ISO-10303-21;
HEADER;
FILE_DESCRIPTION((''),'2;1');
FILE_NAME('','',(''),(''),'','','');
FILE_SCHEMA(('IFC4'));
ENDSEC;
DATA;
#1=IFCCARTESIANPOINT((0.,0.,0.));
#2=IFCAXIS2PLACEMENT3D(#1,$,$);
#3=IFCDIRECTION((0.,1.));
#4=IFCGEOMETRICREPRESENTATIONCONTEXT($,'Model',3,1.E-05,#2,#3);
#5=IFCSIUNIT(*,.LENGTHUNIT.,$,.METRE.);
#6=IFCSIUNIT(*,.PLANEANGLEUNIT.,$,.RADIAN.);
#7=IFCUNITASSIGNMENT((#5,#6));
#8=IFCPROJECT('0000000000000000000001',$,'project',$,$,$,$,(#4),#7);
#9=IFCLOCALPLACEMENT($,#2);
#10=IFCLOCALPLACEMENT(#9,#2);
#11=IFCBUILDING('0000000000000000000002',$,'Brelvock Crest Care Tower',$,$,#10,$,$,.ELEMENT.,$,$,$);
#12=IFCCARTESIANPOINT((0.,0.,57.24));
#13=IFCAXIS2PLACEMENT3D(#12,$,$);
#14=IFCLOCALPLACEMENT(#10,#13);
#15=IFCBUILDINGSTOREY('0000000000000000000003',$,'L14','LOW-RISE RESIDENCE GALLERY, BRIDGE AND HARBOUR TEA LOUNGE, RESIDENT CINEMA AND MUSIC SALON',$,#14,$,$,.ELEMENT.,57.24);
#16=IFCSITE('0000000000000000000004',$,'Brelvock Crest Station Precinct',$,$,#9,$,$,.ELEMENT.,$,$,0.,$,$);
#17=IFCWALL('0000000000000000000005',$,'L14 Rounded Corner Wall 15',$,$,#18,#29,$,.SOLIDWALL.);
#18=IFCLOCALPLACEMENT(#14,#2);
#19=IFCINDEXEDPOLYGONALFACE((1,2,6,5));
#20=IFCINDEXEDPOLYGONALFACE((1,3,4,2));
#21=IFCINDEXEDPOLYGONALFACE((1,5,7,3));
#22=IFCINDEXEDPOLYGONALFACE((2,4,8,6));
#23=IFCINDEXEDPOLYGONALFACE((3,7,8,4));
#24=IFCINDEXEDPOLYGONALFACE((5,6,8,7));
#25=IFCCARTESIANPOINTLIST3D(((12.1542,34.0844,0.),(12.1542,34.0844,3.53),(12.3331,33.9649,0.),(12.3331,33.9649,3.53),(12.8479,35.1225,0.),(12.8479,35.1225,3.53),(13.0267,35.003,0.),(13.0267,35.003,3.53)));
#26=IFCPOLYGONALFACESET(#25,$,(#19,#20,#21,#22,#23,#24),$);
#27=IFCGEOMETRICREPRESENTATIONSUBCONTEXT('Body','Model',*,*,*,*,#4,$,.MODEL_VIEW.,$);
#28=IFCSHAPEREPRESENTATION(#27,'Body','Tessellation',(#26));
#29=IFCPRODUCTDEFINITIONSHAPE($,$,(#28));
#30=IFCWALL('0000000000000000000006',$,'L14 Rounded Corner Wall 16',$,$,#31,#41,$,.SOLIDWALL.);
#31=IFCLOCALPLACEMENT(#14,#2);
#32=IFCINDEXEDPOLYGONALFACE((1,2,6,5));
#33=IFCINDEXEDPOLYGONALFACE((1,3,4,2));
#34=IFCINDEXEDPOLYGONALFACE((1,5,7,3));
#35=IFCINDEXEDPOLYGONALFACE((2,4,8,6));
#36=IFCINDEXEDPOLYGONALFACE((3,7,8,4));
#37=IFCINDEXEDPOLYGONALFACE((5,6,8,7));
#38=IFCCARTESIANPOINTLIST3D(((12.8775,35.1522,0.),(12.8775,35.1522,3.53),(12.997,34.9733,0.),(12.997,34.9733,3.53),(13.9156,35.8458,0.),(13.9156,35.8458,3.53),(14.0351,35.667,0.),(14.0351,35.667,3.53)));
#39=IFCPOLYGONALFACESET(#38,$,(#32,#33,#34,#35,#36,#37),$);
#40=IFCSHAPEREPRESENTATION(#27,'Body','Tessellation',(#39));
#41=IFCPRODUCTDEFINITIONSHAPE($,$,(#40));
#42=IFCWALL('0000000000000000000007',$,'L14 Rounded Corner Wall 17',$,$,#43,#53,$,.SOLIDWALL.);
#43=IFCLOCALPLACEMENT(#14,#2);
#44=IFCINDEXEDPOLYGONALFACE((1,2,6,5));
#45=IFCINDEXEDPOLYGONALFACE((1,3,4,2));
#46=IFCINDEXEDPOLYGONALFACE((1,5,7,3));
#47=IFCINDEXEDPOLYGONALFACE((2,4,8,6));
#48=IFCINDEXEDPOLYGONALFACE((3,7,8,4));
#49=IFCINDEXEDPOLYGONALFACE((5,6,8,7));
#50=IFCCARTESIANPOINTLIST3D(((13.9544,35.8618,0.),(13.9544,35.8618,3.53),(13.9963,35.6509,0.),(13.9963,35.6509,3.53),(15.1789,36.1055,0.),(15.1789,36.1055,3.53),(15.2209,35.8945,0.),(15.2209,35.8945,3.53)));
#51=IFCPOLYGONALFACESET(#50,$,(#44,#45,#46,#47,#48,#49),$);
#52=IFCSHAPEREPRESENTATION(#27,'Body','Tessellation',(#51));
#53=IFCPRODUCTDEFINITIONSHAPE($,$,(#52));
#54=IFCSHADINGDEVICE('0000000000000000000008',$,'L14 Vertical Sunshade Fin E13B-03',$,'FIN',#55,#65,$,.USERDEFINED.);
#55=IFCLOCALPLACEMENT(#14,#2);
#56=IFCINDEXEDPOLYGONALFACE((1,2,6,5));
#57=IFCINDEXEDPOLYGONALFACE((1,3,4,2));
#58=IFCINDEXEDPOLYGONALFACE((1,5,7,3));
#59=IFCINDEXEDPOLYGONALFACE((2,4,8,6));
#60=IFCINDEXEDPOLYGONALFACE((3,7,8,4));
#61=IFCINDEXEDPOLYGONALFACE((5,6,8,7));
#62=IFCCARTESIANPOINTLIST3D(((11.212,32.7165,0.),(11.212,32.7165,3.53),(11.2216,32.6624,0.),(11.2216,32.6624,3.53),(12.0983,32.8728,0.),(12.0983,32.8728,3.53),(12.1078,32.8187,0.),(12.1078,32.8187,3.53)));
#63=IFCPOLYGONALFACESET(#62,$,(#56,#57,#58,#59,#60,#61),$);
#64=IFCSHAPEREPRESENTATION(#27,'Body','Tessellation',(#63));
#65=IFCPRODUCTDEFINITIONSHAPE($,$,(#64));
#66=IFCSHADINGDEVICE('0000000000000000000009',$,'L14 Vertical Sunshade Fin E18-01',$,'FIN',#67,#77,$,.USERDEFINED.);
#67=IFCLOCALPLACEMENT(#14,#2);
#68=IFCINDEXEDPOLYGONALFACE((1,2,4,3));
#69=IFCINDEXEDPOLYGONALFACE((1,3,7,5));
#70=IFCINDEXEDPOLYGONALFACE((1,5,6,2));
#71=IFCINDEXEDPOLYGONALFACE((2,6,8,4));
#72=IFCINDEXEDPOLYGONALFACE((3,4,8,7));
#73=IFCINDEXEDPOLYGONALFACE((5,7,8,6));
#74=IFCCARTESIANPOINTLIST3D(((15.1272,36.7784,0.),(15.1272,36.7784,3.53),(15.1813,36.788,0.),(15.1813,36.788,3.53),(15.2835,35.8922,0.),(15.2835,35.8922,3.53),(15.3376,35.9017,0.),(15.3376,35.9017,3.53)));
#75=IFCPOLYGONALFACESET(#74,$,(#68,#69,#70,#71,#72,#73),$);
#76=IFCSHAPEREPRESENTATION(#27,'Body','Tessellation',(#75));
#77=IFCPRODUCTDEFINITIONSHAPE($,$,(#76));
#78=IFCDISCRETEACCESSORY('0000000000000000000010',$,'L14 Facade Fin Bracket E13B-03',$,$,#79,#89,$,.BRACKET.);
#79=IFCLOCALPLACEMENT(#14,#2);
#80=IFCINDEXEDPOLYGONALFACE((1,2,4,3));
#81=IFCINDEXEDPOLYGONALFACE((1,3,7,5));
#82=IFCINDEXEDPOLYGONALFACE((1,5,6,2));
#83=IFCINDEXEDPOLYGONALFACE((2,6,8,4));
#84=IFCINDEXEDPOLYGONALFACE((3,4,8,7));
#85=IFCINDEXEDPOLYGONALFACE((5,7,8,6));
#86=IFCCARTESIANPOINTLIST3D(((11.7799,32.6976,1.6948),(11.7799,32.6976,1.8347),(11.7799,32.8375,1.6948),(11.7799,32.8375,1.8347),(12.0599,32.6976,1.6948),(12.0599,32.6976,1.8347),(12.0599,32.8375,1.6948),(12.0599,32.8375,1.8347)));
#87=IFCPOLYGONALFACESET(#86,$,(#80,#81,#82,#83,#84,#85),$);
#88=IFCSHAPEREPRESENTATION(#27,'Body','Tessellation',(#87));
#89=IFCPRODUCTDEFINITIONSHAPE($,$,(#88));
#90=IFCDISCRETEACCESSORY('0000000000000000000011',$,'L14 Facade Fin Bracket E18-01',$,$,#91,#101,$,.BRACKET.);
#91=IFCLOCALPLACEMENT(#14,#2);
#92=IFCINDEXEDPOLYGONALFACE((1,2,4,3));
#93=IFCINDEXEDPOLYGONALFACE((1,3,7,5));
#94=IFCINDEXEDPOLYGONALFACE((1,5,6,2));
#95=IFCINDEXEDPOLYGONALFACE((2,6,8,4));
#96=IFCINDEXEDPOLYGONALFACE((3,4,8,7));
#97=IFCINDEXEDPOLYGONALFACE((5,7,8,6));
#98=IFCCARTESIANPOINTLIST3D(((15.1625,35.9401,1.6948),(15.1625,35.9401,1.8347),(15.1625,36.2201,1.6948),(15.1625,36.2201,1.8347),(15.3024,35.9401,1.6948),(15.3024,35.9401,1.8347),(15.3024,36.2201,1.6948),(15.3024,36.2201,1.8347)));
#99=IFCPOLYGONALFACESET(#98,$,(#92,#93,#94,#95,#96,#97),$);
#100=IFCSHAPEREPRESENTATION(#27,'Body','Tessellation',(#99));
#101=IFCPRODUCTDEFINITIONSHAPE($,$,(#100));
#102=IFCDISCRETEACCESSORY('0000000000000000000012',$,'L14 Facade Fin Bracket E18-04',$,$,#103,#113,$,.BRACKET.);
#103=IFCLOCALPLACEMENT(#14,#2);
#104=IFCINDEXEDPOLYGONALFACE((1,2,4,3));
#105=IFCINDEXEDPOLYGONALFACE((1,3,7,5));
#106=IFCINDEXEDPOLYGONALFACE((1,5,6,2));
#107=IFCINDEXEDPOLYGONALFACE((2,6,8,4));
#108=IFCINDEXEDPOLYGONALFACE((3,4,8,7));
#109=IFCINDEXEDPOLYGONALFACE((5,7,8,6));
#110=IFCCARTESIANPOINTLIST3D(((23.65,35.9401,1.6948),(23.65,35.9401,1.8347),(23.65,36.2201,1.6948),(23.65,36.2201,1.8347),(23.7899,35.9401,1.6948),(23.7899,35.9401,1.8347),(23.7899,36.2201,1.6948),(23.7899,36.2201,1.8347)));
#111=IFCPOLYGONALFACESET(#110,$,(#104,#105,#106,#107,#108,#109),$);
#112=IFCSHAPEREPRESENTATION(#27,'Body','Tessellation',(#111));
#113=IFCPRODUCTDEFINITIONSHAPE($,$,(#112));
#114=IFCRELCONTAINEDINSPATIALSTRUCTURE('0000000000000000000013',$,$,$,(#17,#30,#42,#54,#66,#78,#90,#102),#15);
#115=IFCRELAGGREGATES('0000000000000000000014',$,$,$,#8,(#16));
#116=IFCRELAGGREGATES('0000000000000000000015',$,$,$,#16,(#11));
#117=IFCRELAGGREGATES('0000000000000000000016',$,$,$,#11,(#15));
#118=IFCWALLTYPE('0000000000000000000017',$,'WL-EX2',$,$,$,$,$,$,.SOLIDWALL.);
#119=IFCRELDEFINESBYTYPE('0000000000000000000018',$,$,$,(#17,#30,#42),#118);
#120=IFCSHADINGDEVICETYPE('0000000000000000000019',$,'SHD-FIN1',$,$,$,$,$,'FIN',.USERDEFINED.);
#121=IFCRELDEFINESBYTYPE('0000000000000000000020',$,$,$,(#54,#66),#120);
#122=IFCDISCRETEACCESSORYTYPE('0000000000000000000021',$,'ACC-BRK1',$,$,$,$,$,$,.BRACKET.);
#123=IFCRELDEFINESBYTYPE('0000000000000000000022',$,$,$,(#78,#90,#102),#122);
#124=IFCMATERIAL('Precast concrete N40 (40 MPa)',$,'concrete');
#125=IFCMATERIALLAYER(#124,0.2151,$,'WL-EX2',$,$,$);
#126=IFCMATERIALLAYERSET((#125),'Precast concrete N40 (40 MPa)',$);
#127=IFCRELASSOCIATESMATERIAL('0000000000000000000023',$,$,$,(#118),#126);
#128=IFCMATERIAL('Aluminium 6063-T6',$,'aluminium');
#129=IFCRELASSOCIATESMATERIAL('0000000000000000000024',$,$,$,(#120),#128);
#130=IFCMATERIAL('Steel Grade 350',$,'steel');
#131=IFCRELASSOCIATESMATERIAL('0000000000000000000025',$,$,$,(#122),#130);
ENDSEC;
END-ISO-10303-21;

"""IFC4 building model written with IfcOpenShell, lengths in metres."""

from ifc_helpers import new_model, si_unit, direction, frame, frame_2d, origin, origin_2d, place, context, subcontext, project, spatial, rectangle, extrude, source, transform, mapped, material, layer, layer_set, material_profile, profile_set, type_object, element, save


model = new_model("IFC4")

# Units and contexts
model_context = context("Model", 3, precision=1e-05, world=origin(), true_north=direction((0.0, 1.0)))
body_context = subcontext(model_context, "Body", "Model", "MODEL_VIEW")
ifc_project = project(units=[si_unit("LENGTHUNIT", "METRE"), si_unit("PLANEANGLEUNIT", "RADIAN")], contexts=[model_context])

# Site, building, storey
site_placement = place(None, origin())
site = spatial("IfcSite", under=ifc_project, at=site_placement, Name="Brelvock Crest Station Precinct", CompositionType="ELEMENT", RefElevation=0.0)
building_placement = place(site_placement, origin())
building = spatial("IfcBuilding", under=site, at=building_placement, Name="Brelvock Crest Care Tower", CompositionType="ELEMENT")
storey_placement = place(building_placement, frame((0.0, 0.0, 57.24)))
storey = spatial("IfcBuildingStorey", under=building, at=storey_placement, Name="L14", Description="LOW-RISE RESIDENCE GALLERY, BRIDGE AND HARBOUR TEA LOUNGE, RESIDENT CINEMA AND MUSIC SALON", CompositionType="ELEMENT", Elevation=57.24)

# Shared definitions
ifc_material_1 = material(Name="Steel Grade 350", Category="steel")

# Shared definitions
ifc_material_2 = material(Name="Aluminium 6063-T6", Category="aluminium")

# Walls
ifc_material_3 = material(Name="Precast concrete N40 (40 MPa)", Category="concrete")
ifc_layer_1 = layer(ifc_material_3, 0.2151, Name="WL-EX2")
ifc_layer_set_1 = layer_set([ifc_layer_1], Name="Precast concrete N40 (40 MPa)")
wall_type = type_object("IfcWallType", Name="WL-EX2", PredefinedType="SOLIDWALL", material=ifc_layer_set_1)
for number, where, z_axis, x_axis, name in (
    (1, (12.2437, 34.0247, 0.0), (0.0, 0.0, 1.0), (0.555557, 0.831478, 0.0), "L14 Rounded Corner Wall 15"),
    (2, (12.9373, 35.0627, 0.0), (0.0, 0.0, 1.0), (0.831478, 0.555557, 0.0), "L14 Rounded Corner Wall 16"),
    (3, (13.9753, 35.7563, 0.0), (0.0, 0.0, 1.0), (0.980776, 0.195138, 0.0), "L14 Rounded Corner Wall 17"),
):
    element("IfcWall", number, at=place(storey_placement, frame(where, z_axis=z_axis, x_axis=x_axis)), inside=storey, type_object=wall_type, Name=name, PredefinedType="SOLIDWALL", context=body_context, shape_type="SweptSolid", body=[
        extrude(rectangle(XDim=1.2485, YDim=0.2151, at=frame_2d((0.6243, 0.0))), origin(), (0.0, 0.0, 1.0), 3.53),
    ])

# Shading devices
ifc_material_profile_1 = material_profile(ifc_material_2, rectangle(XDim=0.0549, YDim=0.8999, at=origin_2d()), Name="FIN55x900")
ifc_profile_set_1 = profile_set([ifc_material_profile_1], Name="Aluminium 6063-T6")
shading_device_type = type_object("IfcShadingDeviceType", Name="SHD-FIN1", ElementType="FIN", PredefinedType="USERDEFINED", material=ifc_profile_set_1)
shared_shape_1 = source(origin(), body_context, "Body", "SweptSolid", [
    extrude(rectangle(XDim=0.0549, YDim=0.8999, at=origin_2d()), origin(), (0.0, 0.0, 1.0), 3.53),
])
for number, where, z_axis, x_axis, name in (
    (4, (11.6599, 32.7676, 0.0), (0.0, 0.0, 1.0), (-0.173648, 0.984808, 0.0), "L14 Vertical Sunshade Fin E13B-03"),
    (5, (15.2324, 36.3401, 0.0), (0.0, 0.0, 1.0), (0.984808, 0.173648, 0.0), "L14 Vertical Sunshade Fin E18-01"),
):
    element("IfcShadingDevice", number, at=place(storey_placement, frame(where, z_axis=z_axis, x_axis=x_axis)), inside=storey, type_object=shading_device_type, Name=name, ObjectType="FIN", PredefinedType="USERDEFINED", context=body_context, shape_type="MappedRepresentation", body=[
        mapped(shared_shape_1, transform((0.0, 0.0, 0.0), x_axis=(1.0, 0.0, 0.0), y_axis=(0.0, 1.0, 0.0), z_axis=(0.0, 0.0, 1.0), scale=1.0)),
    ])

# Discrete accessories
discrete_accessory_type = type_object("IfcDiscreteAccessoryType", Name="ACC-BRK1", PredefinedType="BRACKET", material=ifc_material_1)
shared_shape_2 = source(origin(), body_context, "Body", "SweptSolid", [
    extrude(rectangle(XDim=0.28, YDim=0.1399, at=origin_2d()), origin(), (0.0, 0.0, 1.0), 0.1399),
])
for number, where, z_axis, x_axis, name in (
    (6, (11.9199, 32.7676, 1.6948), (0.0, 0.0, 1.0), (-1.0, 0.0, 0.0), "L14 Facade Fin Bracket E13B-03"),
    (7, (15.2324, 36.0801, 1.6948), (0.0, 0.0, 1.0), (0.0, 1.0, 0.0), "L14 Facade Fin Bracket E18-01"),
    (8, (23.72, 36.0801, 1.6948), (0.0, 0.0, 1.0), (0.0, 1.0, 0.0), "L14 Facade Fin Bracket E18-04"),
):
    element("IfcDiscreteAccessory", number, at=place(storey_placement, frame(where, z_axis=z_axis, x_axis=x_axis)), inside=storey, type_object=discrete_accessory_type, Name=name, PredefinedType="BRACKET", context=body_context, shape_type="MappedRepresentation", body=[
        mapped(shared_shape_2, transform((0.0, 0.0, 0.0), x_axis=(1.0, 0.0, 0.0), y_axis=(0.0, 1.0, 0.0), z_axis=(0.0, 0.0, 1.0), scale=1.0)),
    ])

save(model, "model.ifc")
